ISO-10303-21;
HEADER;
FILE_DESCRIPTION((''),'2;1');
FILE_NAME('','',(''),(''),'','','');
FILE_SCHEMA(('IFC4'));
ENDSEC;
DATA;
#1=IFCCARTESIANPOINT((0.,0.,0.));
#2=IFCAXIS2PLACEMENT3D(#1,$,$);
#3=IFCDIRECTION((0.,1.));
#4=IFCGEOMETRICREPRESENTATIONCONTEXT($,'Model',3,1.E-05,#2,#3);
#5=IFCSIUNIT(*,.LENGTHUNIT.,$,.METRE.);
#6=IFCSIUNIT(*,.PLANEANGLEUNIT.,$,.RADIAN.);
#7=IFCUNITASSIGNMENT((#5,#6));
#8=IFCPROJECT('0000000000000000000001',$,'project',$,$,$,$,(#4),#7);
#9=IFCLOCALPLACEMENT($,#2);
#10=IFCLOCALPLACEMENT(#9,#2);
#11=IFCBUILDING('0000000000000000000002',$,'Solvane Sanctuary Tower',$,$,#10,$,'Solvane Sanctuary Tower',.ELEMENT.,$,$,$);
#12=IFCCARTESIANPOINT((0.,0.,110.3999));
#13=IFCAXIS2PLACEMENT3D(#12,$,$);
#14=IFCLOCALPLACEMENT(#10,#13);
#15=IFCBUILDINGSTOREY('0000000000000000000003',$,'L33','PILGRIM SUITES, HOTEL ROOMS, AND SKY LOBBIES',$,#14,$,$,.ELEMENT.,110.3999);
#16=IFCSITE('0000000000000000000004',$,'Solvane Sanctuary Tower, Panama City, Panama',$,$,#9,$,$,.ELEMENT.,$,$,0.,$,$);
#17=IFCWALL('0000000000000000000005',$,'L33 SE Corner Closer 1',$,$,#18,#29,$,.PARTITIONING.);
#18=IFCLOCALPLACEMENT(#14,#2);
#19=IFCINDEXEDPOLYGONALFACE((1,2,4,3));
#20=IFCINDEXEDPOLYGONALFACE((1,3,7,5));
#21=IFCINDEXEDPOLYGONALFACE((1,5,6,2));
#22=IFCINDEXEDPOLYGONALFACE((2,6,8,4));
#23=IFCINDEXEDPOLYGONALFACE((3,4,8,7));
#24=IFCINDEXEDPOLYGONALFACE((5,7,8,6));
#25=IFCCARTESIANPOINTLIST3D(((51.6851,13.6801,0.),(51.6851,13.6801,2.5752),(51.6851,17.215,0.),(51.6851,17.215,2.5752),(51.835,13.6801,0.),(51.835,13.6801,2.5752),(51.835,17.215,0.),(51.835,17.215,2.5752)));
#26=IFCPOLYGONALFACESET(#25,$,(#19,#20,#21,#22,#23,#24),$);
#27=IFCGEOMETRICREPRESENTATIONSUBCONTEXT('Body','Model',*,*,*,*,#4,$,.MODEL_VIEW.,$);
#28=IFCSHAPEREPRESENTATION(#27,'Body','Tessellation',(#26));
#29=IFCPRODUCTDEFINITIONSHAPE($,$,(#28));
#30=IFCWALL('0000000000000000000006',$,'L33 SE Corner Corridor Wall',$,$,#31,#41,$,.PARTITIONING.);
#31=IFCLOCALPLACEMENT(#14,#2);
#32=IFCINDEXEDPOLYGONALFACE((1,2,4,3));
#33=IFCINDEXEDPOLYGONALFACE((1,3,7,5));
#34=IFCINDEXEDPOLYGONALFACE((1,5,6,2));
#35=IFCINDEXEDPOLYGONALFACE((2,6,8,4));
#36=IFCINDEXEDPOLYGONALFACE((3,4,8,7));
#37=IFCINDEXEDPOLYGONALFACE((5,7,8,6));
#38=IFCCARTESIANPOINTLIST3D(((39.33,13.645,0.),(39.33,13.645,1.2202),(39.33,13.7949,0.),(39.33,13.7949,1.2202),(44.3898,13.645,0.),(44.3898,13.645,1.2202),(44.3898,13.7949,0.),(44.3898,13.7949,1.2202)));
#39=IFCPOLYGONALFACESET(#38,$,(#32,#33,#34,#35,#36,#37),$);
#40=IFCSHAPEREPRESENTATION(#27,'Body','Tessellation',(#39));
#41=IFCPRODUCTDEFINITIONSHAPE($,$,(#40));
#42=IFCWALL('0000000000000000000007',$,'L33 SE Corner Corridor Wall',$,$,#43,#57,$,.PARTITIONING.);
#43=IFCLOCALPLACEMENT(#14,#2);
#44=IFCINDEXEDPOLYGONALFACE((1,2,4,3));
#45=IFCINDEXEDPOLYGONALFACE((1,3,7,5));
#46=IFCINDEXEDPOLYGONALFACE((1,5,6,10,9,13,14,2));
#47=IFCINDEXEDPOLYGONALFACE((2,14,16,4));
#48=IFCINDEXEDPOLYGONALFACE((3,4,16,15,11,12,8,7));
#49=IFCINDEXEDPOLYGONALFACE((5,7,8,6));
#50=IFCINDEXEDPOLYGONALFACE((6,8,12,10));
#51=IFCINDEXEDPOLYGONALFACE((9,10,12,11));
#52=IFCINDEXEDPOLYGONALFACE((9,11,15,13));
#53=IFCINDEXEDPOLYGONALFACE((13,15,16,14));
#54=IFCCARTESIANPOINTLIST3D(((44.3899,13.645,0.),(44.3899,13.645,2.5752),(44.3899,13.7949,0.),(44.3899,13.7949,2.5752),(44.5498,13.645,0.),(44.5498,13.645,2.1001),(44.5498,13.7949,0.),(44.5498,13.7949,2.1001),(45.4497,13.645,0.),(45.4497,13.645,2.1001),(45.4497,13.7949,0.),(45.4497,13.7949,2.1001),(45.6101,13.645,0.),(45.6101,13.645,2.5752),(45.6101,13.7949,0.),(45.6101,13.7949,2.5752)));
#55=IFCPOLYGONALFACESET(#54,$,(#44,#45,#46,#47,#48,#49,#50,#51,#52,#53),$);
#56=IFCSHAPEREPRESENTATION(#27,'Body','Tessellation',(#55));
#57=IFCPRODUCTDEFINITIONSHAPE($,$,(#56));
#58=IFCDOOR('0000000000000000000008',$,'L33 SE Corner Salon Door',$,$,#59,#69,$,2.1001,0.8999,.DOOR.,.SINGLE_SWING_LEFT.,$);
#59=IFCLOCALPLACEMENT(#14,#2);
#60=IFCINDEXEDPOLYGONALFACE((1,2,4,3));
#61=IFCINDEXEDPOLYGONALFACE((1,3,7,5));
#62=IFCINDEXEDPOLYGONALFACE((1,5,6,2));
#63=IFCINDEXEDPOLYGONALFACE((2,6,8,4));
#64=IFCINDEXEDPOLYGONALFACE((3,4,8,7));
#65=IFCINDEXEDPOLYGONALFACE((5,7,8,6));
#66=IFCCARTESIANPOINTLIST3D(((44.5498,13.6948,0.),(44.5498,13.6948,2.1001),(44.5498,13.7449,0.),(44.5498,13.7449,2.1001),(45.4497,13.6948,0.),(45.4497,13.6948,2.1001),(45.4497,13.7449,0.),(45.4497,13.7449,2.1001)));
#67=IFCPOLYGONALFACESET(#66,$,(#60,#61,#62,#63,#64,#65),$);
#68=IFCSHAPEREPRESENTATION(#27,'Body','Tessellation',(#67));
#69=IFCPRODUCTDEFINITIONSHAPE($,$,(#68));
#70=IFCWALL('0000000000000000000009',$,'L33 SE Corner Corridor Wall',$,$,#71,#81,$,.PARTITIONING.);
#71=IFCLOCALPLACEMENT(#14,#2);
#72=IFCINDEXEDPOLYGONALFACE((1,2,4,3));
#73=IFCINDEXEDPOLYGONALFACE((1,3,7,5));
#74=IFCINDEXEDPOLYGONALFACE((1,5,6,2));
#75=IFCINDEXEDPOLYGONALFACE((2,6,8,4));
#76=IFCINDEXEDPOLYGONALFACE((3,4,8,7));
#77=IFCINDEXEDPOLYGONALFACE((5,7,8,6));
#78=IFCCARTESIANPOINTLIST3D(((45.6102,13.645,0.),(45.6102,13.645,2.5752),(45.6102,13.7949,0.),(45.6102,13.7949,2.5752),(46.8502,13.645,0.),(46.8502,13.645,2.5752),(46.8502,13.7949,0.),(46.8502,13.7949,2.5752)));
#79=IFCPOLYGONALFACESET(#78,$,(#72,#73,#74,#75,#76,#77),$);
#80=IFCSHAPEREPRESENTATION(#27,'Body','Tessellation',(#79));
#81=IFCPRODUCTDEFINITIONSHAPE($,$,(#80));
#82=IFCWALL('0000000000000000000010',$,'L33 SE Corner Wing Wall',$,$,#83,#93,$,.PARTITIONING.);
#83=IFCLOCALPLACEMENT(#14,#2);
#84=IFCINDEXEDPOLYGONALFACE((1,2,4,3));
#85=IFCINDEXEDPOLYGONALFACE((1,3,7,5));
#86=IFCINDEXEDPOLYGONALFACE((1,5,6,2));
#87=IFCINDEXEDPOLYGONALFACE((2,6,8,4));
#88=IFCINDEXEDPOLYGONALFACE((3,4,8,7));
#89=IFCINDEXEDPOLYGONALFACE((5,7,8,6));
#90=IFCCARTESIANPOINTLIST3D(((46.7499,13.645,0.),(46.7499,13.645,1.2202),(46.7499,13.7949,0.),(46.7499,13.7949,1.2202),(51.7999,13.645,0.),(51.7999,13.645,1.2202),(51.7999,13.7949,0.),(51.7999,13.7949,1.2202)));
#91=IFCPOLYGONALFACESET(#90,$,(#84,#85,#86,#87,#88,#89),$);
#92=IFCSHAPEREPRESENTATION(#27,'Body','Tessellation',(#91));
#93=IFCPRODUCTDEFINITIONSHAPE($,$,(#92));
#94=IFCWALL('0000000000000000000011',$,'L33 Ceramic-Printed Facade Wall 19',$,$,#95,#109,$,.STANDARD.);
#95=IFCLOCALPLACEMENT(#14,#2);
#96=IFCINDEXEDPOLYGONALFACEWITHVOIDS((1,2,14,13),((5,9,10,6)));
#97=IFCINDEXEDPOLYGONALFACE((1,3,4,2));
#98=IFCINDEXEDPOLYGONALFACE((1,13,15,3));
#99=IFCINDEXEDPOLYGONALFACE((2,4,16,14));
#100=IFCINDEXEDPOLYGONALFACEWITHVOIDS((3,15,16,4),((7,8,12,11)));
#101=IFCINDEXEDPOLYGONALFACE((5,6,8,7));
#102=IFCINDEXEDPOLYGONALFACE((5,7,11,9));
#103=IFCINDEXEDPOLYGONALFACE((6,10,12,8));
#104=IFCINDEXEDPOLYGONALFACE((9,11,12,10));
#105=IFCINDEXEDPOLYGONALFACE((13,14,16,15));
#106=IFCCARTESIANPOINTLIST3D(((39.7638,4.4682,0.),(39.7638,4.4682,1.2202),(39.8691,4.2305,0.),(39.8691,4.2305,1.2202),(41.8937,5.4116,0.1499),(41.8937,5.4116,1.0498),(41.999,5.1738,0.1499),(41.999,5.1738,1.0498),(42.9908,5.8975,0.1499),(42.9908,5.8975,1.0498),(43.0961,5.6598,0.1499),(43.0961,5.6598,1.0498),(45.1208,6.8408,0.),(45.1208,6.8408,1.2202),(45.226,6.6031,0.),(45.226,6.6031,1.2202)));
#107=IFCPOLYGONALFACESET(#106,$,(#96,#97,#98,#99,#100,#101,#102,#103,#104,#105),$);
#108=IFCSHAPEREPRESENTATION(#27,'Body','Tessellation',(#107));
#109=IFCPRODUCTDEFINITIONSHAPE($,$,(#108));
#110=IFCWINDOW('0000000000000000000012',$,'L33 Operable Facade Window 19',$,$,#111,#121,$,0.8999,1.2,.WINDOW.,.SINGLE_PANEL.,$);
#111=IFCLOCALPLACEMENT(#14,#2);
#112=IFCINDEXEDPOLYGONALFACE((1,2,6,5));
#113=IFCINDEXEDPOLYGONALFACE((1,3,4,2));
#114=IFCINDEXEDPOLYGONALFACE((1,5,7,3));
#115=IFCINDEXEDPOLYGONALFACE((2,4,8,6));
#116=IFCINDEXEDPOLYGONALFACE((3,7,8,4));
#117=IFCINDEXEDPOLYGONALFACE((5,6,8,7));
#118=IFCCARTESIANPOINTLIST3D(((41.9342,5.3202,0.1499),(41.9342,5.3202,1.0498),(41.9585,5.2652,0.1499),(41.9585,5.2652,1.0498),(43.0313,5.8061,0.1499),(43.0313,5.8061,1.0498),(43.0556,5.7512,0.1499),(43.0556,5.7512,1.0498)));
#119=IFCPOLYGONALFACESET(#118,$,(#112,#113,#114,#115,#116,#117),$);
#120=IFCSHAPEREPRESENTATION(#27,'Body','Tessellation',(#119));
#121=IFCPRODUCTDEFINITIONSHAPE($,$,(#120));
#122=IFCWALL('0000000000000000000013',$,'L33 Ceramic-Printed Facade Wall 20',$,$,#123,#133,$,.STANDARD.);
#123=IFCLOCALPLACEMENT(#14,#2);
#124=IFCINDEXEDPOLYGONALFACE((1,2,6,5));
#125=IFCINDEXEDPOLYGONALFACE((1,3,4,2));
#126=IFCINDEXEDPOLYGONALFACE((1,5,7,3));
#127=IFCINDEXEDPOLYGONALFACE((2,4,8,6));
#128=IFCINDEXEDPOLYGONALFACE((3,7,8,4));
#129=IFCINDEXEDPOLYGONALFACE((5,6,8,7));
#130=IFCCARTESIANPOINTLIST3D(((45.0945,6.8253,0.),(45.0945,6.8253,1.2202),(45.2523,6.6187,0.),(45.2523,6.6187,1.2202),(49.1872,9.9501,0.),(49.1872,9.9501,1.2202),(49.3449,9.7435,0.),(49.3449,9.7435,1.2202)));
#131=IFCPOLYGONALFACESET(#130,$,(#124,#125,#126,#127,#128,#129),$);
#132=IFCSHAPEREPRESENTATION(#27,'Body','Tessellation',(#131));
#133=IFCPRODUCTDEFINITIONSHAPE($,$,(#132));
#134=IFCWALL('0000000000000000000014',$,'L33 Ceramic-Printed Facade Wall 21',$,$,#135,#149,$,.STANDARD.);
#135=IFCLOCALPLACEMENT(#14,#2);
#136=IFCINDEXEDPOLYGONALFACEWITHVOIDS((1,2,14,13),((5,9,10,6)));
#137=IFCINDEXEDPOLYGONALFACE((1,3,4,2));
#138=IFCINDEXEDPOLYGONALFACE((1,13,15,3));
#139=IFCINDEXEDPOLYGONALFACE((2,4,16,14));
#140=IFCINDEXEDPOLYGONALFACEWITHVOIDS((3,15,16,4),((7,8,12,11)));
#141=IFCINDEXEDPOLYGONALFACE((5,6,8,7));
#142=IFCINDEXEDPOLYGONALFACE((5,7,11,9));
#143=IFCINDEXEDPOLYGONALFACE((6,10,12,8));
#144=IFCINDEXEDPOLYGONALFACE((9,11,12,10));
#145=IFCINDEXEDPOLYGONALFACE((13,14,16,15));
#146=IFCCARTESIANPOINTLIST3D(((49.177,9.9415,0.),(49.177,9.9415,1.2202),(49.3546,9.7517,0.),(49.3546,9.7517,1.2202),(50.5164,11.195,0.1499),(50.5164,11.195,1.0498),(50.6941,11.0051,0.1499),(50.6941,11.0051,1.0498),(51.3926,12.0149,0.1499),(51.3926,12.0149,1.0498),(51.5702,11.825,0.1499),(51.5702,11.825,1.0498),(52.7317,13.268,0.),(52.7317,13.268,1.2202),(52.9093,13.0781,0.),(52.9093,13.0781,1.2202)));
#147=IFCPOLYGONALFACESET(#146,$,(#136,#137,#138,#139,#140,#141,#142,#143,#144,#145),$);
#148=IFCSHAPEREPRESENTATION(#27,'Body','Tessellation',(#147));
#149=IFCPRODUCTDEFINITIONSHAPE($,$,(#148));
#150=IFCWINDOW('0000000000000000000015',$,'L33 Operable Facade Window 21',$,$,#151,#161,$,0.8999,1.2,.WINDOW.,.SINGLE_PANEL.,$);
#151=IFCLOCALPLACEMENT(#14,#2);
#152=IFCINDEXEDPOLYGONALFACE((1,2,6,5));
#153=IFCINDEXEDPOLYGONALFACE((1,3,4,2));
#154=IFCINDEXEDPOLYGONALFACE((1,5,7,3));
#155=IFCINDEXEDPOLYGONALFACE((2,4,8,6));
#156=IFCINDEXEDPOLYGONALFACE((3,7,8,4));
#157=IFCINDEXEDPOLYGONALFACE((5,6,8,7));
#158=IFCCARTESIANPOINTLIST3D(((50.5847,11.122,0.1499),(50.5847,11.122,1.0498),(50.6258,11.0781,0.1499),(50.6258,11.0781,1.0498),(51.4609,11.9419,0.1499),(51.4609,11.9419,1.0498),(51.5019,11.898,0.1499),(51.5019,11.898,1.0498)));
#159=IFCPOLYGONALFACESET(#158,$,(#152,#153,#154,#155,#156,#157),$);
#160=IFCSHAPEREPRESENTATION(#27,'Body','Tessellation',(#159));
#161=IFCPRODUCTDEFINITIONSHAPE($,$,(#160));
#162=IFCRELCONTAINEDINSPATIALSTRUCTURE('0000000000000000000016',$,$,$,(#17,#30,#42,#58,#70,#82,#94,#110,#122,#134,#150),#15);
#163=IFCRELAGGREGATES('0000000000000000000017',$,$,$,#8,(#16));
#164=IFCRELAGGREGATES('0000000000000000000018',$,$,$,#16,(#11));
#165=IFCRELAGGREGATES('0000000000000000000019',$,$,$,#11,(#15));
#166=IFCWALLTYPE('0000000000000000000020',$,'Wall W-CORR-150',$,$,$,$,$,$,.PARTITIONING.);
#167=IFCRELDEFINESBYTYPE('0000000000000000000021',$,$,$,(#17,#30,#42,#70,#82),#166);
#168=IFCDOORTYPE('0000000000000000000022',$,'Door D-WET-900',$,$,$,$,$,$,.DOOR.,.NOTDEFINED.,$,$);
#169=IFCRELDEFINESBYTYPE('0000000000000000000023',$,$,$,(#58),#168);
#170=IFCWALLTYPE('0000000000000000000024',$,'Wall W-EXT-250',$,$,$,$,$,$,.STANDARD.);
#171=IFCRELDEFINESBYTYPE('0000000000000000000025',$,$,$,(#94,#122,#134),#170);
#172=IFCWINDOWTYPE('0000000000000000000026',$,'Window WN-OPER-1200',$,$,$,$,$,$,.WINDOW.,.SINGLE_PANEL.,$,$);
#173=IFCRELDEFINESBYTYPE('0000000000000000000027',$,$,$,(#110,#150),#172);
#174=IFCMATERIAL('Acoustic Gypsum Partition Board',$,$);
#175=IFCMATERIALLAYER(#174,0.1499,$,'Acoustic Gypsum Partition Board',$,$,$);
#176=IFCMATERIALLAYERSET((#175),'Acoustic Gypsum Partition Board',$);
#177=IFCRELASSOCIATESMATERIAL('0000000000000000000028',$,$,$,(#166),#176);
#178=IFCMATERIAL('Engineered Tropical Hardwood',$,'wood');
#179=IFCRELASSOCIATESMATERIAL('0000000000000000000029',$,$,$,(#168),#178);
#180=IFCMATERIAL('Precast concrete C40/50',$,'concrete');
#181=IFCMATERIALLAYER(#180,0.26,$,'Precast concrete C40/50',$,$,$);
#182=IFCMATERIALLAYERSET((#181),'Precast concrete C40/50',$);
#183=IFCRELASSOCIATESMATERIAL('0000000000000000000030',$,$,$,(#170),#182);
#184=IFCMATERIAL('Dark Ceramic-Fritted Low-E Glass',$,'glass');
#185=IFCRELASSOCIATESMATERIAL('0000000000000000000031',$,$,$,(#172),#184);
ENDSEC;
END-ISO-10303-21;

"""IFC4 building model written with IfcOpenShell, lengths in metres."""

from ifc_helpers import new_model, si_unit, direction, frame, frame_2d, origin, place, context, subcontext, project, spatial, rectangle, extrude, material, layer, layer_set, type_object, element, fill, save


model = new_model("IFC4")

# Units and contexts
model_context = context("Model", 3, precision=1e-05, world=origin(), true_north=direction((0.0, 1.0)))
body_context = subcontext(model_context, "Body", "Model", "MODEL_VIEW")
ifc_project = project(units=[si_unit("LENGTHUNIT", "METRE"), si_unit("PLANEANGLEUNIT", "RADIAN")], contexts=[model_context])

# Site, building, storey
site_placement = place(None, origin())
site = spatial("IfcSite", under=ifc_project, at=site_placement, Name="Solvane Sanctuary Tower, Panama City, Panama", CompositionType="ELEMENT", RefElevation=0.0)
building_placement = place(site_placement, origin())
building = spatial("IfcBuilding", under=site, at=building_placement, Name="Solvane Sanctuary Tower", LongName="Solvane Sanctuary Tower", CompositionType="ELEMENT")
storey_placement = place(building_placement, frame((0.0, 0.0, 110.3999)))
storey = spatial("IfcBuildingStorey", under=building, at=storey_placement, Name="L33", Description="PILGRIM SUITES, HOTEL ROOMS, AND SKY LOBBIES", CompositionType="ELEMENT", Elevation=110.3999)

# Walls
ifc_material_1 = material(Name="Acoustic Gypsum Partition Board")
ifc_layer_1 = layer(ifc_material_1, 0.1499, Name="Acoustic Gypsum Partition Board")
ifc_layer_set_1 = layer_set([ifc_layer_1], Name="Acoustic Gypsum Partition Board")
wall_type_1 = type_object("IfcWallType", Name="Wall W-CORR-150", PredefinedType="PARTITIONING", material=ifc_layer_set_1)
wall_1_placement = place(storey_placement, frame((51.76, 13.6799, 0.0), z_axis=(0.0, 0.0, 1.0), x_axis=(0.0, 1.0, 0.0)))
element("IfcWall", 1, at=wall_1_placement, inside=storey, type_object=wall_type_1, Name="L33 SE Corner Closer 1", PredefinedType="PARTITIONING", context=body_context, shape_type="SweptSolid", body=[
    extrude(rectangle(XDim=3.5349, YDim=0.1499, at=frame_2d((1.7676, 0.0))), origin(), (0.0, 0.0, 1.0), 2.5752),
])
wall_2_placement = place(storey_placement, frame((39.3301, 13.72, 0.0), z_axis=(0.0, 0.0, 1.0), x_axis=(1.0, 0.0, 0.0)))
element("IfcWall", 2, at=wall_2_placement, inside=storey, type_object=wall_type_1, Name="L33 SE Corner Corridor Wall", PredefinedType="PARTITIONING", context=body_context, shape_type="SweptSolid", body=[
    extrude(rectangle(XDim=5.0598, YDim=0.1499, at=frame_2d((2.5298, 0.0))), origin(), (0.0, 0.0, 1.0), 1.2202),
])

# Wall, opening, door
wall_3_placement = place(storey_placement, frame((44.3899, 13.72, 0.0), z_axis=(0.0, 0.0, 1.0), x_axis=(1.0, 0.0, 0.0)))
wall_3 = element("IfcWall", 3, at=wall_3_placement, inside=storey, type_object=wall_type_1, Name="L33 SE Corner Corridor Wall", PredefinedType="PARTITIONING", context=body_context, shape_type="SweptSolid", body=[
    extrude(rectangle(XDim=1.2202, YDim=0.1499, at=frame_2d((0.6101, 0.0))), origin(), (0.0, 0.0, 1.0), 2.5752),
])
opening_1_placement = place(wall_3_placement, frame((0.1599, 0.0, 0.0)))
opening_1 = element("IfcOpeningElement", 4, at=opening_1_placement, cuts=wall_3, PredefinedType="OPENING", context=body_context, shape_type="SweptSolid", body=[
    extrude(rectangle(XDim=0.8999, YDim=2.1001, at=frame_2d((0.45, 1.05))), frame((0.0, 0.085, 0.0), z_axis=(0.0, -1.0, 0.0), x_axis=(1.0, 0.0, 0.0)), (0.0, 0.0, 1.0), 0.1699),
])
ifc_material_2 = material(Name="Engineered Tropical Hardwood", Category="wood")
door_type = type_object("IfcDoorType", Name="Door D-WET-900", OperationType="NOTDEFINED", PredefinedType="DOOR", material=ifc_material_2)
door_placement = place(opening_1_placement, origin())
door = element("IfcDoor", 5, at=door_placement, inside=storey, type_object=door_type, Name="L33 SE Corner Salon Door", OperationType="SINGLE_SWING_LEFT", OverallHeight=2.1001, OverallWidth=0.8999, PredefinedType="DOOR", context=body_context, shape_type="SweptSolid", body=[
    extrude(rectangle(XDim=0.8999, YDim=2.1001, at=frame_2d((0.45, 1.05))), frame((0.0, 0.0249, 0.0), z_axis=(0.0, -1.0, 0.0), x_axis=(1.0, 0.0, 0.0)), (0.0, 0.0, 1.0), 0.05),
])
fill(opening_1, door)

# Walls
wall_4_placement = place(storey_placement, frame((45.6101, 13.72, 0.0), z_axis=(0.0, 0.0, 1.0), x_axis=(1.0, 0.0, 0.0)))
element("IfcWall", 6, at=wall_4_placement, inside=storey, type_object=wall_type_1, Name="L33 SE Corner Corridor Wall", PredefinedType="PARTITIONING", context=body_context, shape_type="SweptSolid", body=[
    extrude(rectangle(XDim=1.24, YDim=0.1499, at=frame_2d((0.6201, 0.0))), origin(), (0.0, 0.0, 1.0), 2.5752),
])
wall_5_placement = place(storey_placement, frame((46.75, 13.72, 0.0), z_axis=(0.0, 0.0, 1.0), x_axis=(1.0, 0.0, 0.0)))
element("IfcWall", 7, at=wall_5_placement, inside=storey, type_object=wall_type_1, Name="L33 SE Corner Wing Wall", PredefinedType="PARTITIONING", context=body_context, shape_type="SweptSolid", body=[
    extrude(rectangle(XDim=5.05, YDim=0.1499, at=frame_2d((2.5249, 0.0))), origin(), (0.0, 0.0, 1.0), 1.2202),
])

# Wall, opening, window
ifc_material_3 = material(Name="Precast concrete C40/50", Category="concrete")
ifc_layer_2 = layer(ifc_material_3, 0.26, Name="Precast concrete C40/50")
ifc_layer_set_2 = layer_set([ifc_layer_2], Name="Precast concrete C40/50")
wall_type_2 = type_object("IfcWallType", Name="Wall W-EXT-250", PredefinedType="STANDARD", material=ifc_layer_set_2)
wall_6_placement = place(storey_placement, frame((39.8164, 4.3494, 0.0), z_axis=(0.0, 0.0, 1.0), x_axis=(0.914337, 0.404955, 0.0)))
wall_6 = element("IfcWall", 8, at=wall_6_placement, inside=storey, type_object=wall_type_2, Name="L33 Ceramic-Printed Facade Wall 19", PredefinedType="STANDARD", context=body_context, shape_type="SweptSolid", body=[
    extrude(rectangle(XDim=5.8589, YDim=0.26, at=frame_2d((2.9294, 0.0))), origin(), (0.0, 0.0, 1.0), 1.2202),
])
opening_2_placement = place(wall_6_placement, frame((2.3293, 0.0, 0.1499)))
opening_2 = element("IfcOpeningElement", 9, at=opening_2_placement, cuts=wall_6, PredefinedType="OPENING", context=body_context, shape_type="SweptSolid", body=[
    extrude(rectangle(XDim=1.2, YDim=0.8999, at=frame_2d((0.6001, 0.45))), frame((0.0, 0.1399, 0.0), z_axis=(0.0, -1.0, 0.0), x_axis=(1.0, 0.0, 0.0)), (0.0, 0.0, 1.0), 0.28),
])
ifc_material_4 = material(Name="Dark Ceramic-Fritted Low-E Glass", Category="glass")
window_type = type_object("IfcWindowType", Name="Window WN-OPER-1200", PartitioningType="SINGLE_PANEL", PredefinedType="WINDOW", material=ifc_material_4)
window_1_placement = place(opening_2_placement, origin())
window_1 = element("IfcWindow", 10, at=window_1_placement, inside=storey, type_object=window_type, Name="L33 Operable Facade Window 19", OverallHeight=0.8999, OverallWidth=1.2, PartitioningType="SINGLE_PANEL", PredefinedType="WINDOW", context=body_context, shape_type="SweptSolid", body=[
    extrude(rectangle(XDim=1.2, YDim=0.8999, at=frame_2d((0.6001, 0.45))), frame((0.0, 0.03, 0.0), z_axis=(0.0, -1.0, 0.0), x_axis=(1.0, 0.0, 0.0)), (0.0, 0.0, 1.0), 0.0601),
])
fill(opening_2, window_1)

# Wall
wall_7_placement = place(storey_placement, frame((45.1733, 6.7219, 0.0), z_axis=(0.0, 0.0, 1.0), x_axis=(0.79481, 0.606859, 0.0)))
element("IfcWall", 11, at=wall_7_placement, inside=storey, type_object=wall_type_2, Name="L33 Ceramic-Printed Facade Wall 20", PredefinedType="STANDARD", context=body_context, shape_type="SweptSolid", body=[
    extrude(rectangle(XDim=5.1492, YDim=0.26, at=frame_2d((2.5747, 0.0))), origin(), (0.0, 0.0, 1.0), 1.2202),
])

# Wall, opening, window
wall_8_placement = place(storey_placement, frame((49.2659, 9.8467, 0.0), z_axis=(0.0, 0.0, 1.0), x_axis=(0.730162, 0.683274, 0.0)))
wall_8 = element("IfcWall", 12, at=wall_8_placement, inside=storey, type_object=wall_type_2, Name="L33 Ceramic-Printed Facade Wall 21", PredefinedType="STANDARD", context=body_context, shape_type="SweptSolid", body=[
    extrude(rectangle(XDim=4.8684, YDim=0.26, at=frame_2d((2.4341, 0.0))), origin(), (0.0, 0.0, 1.0), 1.2202),
])
opening_3_placement = place(wall_8_placement, frame((1.8342, 0.0, 0.1499)))
opening_3 = element("IfcOpeningElement", 13, at=opening_3_placement, cuts=wall_8, PredefinedType="OPENING", context=body_context, shape_type="SweptSolid", body=[
    extrude(rectangle(XDim=1.2, YDim=0.8999, at=frame_2d((0.6001, 0.45))), frame((0.0, 0.1399, 0.0), z_axis=(0.0, -1.0, 0.0), x_axis=(1.0, 0.0, 0.0)), (0.0, 0.0, 1.0), 0.28),
])
window_2_placement = place(opening_3_placement, origin())
window_2 = element("IfcWindow", 14, at=window_2_placement, inside=storey, type_object=window_type, Name="L33 Operable Facade Window 21", OverallHeight=0.8999, OverallWidth=1.2, PartitioningType="SINGLE_PANEL", PredefinedType="WINDOW", context=body_context, shape_type="SweptSolid", body=[
    extrude(rectangle(XDim=1.2, YDim=0.8999, at=frame_2d((0.6001, 0.45))), frame((0.0, 0.03, 0.0), z_axis=(0.0, -1.0, 0.0), x_axis=(1.0, 0.0, 0.0)), (0.0, 0.0, 1.0), 0.0601),
])
fill(opening_3, window_2)

save(model, "model.ifc")
